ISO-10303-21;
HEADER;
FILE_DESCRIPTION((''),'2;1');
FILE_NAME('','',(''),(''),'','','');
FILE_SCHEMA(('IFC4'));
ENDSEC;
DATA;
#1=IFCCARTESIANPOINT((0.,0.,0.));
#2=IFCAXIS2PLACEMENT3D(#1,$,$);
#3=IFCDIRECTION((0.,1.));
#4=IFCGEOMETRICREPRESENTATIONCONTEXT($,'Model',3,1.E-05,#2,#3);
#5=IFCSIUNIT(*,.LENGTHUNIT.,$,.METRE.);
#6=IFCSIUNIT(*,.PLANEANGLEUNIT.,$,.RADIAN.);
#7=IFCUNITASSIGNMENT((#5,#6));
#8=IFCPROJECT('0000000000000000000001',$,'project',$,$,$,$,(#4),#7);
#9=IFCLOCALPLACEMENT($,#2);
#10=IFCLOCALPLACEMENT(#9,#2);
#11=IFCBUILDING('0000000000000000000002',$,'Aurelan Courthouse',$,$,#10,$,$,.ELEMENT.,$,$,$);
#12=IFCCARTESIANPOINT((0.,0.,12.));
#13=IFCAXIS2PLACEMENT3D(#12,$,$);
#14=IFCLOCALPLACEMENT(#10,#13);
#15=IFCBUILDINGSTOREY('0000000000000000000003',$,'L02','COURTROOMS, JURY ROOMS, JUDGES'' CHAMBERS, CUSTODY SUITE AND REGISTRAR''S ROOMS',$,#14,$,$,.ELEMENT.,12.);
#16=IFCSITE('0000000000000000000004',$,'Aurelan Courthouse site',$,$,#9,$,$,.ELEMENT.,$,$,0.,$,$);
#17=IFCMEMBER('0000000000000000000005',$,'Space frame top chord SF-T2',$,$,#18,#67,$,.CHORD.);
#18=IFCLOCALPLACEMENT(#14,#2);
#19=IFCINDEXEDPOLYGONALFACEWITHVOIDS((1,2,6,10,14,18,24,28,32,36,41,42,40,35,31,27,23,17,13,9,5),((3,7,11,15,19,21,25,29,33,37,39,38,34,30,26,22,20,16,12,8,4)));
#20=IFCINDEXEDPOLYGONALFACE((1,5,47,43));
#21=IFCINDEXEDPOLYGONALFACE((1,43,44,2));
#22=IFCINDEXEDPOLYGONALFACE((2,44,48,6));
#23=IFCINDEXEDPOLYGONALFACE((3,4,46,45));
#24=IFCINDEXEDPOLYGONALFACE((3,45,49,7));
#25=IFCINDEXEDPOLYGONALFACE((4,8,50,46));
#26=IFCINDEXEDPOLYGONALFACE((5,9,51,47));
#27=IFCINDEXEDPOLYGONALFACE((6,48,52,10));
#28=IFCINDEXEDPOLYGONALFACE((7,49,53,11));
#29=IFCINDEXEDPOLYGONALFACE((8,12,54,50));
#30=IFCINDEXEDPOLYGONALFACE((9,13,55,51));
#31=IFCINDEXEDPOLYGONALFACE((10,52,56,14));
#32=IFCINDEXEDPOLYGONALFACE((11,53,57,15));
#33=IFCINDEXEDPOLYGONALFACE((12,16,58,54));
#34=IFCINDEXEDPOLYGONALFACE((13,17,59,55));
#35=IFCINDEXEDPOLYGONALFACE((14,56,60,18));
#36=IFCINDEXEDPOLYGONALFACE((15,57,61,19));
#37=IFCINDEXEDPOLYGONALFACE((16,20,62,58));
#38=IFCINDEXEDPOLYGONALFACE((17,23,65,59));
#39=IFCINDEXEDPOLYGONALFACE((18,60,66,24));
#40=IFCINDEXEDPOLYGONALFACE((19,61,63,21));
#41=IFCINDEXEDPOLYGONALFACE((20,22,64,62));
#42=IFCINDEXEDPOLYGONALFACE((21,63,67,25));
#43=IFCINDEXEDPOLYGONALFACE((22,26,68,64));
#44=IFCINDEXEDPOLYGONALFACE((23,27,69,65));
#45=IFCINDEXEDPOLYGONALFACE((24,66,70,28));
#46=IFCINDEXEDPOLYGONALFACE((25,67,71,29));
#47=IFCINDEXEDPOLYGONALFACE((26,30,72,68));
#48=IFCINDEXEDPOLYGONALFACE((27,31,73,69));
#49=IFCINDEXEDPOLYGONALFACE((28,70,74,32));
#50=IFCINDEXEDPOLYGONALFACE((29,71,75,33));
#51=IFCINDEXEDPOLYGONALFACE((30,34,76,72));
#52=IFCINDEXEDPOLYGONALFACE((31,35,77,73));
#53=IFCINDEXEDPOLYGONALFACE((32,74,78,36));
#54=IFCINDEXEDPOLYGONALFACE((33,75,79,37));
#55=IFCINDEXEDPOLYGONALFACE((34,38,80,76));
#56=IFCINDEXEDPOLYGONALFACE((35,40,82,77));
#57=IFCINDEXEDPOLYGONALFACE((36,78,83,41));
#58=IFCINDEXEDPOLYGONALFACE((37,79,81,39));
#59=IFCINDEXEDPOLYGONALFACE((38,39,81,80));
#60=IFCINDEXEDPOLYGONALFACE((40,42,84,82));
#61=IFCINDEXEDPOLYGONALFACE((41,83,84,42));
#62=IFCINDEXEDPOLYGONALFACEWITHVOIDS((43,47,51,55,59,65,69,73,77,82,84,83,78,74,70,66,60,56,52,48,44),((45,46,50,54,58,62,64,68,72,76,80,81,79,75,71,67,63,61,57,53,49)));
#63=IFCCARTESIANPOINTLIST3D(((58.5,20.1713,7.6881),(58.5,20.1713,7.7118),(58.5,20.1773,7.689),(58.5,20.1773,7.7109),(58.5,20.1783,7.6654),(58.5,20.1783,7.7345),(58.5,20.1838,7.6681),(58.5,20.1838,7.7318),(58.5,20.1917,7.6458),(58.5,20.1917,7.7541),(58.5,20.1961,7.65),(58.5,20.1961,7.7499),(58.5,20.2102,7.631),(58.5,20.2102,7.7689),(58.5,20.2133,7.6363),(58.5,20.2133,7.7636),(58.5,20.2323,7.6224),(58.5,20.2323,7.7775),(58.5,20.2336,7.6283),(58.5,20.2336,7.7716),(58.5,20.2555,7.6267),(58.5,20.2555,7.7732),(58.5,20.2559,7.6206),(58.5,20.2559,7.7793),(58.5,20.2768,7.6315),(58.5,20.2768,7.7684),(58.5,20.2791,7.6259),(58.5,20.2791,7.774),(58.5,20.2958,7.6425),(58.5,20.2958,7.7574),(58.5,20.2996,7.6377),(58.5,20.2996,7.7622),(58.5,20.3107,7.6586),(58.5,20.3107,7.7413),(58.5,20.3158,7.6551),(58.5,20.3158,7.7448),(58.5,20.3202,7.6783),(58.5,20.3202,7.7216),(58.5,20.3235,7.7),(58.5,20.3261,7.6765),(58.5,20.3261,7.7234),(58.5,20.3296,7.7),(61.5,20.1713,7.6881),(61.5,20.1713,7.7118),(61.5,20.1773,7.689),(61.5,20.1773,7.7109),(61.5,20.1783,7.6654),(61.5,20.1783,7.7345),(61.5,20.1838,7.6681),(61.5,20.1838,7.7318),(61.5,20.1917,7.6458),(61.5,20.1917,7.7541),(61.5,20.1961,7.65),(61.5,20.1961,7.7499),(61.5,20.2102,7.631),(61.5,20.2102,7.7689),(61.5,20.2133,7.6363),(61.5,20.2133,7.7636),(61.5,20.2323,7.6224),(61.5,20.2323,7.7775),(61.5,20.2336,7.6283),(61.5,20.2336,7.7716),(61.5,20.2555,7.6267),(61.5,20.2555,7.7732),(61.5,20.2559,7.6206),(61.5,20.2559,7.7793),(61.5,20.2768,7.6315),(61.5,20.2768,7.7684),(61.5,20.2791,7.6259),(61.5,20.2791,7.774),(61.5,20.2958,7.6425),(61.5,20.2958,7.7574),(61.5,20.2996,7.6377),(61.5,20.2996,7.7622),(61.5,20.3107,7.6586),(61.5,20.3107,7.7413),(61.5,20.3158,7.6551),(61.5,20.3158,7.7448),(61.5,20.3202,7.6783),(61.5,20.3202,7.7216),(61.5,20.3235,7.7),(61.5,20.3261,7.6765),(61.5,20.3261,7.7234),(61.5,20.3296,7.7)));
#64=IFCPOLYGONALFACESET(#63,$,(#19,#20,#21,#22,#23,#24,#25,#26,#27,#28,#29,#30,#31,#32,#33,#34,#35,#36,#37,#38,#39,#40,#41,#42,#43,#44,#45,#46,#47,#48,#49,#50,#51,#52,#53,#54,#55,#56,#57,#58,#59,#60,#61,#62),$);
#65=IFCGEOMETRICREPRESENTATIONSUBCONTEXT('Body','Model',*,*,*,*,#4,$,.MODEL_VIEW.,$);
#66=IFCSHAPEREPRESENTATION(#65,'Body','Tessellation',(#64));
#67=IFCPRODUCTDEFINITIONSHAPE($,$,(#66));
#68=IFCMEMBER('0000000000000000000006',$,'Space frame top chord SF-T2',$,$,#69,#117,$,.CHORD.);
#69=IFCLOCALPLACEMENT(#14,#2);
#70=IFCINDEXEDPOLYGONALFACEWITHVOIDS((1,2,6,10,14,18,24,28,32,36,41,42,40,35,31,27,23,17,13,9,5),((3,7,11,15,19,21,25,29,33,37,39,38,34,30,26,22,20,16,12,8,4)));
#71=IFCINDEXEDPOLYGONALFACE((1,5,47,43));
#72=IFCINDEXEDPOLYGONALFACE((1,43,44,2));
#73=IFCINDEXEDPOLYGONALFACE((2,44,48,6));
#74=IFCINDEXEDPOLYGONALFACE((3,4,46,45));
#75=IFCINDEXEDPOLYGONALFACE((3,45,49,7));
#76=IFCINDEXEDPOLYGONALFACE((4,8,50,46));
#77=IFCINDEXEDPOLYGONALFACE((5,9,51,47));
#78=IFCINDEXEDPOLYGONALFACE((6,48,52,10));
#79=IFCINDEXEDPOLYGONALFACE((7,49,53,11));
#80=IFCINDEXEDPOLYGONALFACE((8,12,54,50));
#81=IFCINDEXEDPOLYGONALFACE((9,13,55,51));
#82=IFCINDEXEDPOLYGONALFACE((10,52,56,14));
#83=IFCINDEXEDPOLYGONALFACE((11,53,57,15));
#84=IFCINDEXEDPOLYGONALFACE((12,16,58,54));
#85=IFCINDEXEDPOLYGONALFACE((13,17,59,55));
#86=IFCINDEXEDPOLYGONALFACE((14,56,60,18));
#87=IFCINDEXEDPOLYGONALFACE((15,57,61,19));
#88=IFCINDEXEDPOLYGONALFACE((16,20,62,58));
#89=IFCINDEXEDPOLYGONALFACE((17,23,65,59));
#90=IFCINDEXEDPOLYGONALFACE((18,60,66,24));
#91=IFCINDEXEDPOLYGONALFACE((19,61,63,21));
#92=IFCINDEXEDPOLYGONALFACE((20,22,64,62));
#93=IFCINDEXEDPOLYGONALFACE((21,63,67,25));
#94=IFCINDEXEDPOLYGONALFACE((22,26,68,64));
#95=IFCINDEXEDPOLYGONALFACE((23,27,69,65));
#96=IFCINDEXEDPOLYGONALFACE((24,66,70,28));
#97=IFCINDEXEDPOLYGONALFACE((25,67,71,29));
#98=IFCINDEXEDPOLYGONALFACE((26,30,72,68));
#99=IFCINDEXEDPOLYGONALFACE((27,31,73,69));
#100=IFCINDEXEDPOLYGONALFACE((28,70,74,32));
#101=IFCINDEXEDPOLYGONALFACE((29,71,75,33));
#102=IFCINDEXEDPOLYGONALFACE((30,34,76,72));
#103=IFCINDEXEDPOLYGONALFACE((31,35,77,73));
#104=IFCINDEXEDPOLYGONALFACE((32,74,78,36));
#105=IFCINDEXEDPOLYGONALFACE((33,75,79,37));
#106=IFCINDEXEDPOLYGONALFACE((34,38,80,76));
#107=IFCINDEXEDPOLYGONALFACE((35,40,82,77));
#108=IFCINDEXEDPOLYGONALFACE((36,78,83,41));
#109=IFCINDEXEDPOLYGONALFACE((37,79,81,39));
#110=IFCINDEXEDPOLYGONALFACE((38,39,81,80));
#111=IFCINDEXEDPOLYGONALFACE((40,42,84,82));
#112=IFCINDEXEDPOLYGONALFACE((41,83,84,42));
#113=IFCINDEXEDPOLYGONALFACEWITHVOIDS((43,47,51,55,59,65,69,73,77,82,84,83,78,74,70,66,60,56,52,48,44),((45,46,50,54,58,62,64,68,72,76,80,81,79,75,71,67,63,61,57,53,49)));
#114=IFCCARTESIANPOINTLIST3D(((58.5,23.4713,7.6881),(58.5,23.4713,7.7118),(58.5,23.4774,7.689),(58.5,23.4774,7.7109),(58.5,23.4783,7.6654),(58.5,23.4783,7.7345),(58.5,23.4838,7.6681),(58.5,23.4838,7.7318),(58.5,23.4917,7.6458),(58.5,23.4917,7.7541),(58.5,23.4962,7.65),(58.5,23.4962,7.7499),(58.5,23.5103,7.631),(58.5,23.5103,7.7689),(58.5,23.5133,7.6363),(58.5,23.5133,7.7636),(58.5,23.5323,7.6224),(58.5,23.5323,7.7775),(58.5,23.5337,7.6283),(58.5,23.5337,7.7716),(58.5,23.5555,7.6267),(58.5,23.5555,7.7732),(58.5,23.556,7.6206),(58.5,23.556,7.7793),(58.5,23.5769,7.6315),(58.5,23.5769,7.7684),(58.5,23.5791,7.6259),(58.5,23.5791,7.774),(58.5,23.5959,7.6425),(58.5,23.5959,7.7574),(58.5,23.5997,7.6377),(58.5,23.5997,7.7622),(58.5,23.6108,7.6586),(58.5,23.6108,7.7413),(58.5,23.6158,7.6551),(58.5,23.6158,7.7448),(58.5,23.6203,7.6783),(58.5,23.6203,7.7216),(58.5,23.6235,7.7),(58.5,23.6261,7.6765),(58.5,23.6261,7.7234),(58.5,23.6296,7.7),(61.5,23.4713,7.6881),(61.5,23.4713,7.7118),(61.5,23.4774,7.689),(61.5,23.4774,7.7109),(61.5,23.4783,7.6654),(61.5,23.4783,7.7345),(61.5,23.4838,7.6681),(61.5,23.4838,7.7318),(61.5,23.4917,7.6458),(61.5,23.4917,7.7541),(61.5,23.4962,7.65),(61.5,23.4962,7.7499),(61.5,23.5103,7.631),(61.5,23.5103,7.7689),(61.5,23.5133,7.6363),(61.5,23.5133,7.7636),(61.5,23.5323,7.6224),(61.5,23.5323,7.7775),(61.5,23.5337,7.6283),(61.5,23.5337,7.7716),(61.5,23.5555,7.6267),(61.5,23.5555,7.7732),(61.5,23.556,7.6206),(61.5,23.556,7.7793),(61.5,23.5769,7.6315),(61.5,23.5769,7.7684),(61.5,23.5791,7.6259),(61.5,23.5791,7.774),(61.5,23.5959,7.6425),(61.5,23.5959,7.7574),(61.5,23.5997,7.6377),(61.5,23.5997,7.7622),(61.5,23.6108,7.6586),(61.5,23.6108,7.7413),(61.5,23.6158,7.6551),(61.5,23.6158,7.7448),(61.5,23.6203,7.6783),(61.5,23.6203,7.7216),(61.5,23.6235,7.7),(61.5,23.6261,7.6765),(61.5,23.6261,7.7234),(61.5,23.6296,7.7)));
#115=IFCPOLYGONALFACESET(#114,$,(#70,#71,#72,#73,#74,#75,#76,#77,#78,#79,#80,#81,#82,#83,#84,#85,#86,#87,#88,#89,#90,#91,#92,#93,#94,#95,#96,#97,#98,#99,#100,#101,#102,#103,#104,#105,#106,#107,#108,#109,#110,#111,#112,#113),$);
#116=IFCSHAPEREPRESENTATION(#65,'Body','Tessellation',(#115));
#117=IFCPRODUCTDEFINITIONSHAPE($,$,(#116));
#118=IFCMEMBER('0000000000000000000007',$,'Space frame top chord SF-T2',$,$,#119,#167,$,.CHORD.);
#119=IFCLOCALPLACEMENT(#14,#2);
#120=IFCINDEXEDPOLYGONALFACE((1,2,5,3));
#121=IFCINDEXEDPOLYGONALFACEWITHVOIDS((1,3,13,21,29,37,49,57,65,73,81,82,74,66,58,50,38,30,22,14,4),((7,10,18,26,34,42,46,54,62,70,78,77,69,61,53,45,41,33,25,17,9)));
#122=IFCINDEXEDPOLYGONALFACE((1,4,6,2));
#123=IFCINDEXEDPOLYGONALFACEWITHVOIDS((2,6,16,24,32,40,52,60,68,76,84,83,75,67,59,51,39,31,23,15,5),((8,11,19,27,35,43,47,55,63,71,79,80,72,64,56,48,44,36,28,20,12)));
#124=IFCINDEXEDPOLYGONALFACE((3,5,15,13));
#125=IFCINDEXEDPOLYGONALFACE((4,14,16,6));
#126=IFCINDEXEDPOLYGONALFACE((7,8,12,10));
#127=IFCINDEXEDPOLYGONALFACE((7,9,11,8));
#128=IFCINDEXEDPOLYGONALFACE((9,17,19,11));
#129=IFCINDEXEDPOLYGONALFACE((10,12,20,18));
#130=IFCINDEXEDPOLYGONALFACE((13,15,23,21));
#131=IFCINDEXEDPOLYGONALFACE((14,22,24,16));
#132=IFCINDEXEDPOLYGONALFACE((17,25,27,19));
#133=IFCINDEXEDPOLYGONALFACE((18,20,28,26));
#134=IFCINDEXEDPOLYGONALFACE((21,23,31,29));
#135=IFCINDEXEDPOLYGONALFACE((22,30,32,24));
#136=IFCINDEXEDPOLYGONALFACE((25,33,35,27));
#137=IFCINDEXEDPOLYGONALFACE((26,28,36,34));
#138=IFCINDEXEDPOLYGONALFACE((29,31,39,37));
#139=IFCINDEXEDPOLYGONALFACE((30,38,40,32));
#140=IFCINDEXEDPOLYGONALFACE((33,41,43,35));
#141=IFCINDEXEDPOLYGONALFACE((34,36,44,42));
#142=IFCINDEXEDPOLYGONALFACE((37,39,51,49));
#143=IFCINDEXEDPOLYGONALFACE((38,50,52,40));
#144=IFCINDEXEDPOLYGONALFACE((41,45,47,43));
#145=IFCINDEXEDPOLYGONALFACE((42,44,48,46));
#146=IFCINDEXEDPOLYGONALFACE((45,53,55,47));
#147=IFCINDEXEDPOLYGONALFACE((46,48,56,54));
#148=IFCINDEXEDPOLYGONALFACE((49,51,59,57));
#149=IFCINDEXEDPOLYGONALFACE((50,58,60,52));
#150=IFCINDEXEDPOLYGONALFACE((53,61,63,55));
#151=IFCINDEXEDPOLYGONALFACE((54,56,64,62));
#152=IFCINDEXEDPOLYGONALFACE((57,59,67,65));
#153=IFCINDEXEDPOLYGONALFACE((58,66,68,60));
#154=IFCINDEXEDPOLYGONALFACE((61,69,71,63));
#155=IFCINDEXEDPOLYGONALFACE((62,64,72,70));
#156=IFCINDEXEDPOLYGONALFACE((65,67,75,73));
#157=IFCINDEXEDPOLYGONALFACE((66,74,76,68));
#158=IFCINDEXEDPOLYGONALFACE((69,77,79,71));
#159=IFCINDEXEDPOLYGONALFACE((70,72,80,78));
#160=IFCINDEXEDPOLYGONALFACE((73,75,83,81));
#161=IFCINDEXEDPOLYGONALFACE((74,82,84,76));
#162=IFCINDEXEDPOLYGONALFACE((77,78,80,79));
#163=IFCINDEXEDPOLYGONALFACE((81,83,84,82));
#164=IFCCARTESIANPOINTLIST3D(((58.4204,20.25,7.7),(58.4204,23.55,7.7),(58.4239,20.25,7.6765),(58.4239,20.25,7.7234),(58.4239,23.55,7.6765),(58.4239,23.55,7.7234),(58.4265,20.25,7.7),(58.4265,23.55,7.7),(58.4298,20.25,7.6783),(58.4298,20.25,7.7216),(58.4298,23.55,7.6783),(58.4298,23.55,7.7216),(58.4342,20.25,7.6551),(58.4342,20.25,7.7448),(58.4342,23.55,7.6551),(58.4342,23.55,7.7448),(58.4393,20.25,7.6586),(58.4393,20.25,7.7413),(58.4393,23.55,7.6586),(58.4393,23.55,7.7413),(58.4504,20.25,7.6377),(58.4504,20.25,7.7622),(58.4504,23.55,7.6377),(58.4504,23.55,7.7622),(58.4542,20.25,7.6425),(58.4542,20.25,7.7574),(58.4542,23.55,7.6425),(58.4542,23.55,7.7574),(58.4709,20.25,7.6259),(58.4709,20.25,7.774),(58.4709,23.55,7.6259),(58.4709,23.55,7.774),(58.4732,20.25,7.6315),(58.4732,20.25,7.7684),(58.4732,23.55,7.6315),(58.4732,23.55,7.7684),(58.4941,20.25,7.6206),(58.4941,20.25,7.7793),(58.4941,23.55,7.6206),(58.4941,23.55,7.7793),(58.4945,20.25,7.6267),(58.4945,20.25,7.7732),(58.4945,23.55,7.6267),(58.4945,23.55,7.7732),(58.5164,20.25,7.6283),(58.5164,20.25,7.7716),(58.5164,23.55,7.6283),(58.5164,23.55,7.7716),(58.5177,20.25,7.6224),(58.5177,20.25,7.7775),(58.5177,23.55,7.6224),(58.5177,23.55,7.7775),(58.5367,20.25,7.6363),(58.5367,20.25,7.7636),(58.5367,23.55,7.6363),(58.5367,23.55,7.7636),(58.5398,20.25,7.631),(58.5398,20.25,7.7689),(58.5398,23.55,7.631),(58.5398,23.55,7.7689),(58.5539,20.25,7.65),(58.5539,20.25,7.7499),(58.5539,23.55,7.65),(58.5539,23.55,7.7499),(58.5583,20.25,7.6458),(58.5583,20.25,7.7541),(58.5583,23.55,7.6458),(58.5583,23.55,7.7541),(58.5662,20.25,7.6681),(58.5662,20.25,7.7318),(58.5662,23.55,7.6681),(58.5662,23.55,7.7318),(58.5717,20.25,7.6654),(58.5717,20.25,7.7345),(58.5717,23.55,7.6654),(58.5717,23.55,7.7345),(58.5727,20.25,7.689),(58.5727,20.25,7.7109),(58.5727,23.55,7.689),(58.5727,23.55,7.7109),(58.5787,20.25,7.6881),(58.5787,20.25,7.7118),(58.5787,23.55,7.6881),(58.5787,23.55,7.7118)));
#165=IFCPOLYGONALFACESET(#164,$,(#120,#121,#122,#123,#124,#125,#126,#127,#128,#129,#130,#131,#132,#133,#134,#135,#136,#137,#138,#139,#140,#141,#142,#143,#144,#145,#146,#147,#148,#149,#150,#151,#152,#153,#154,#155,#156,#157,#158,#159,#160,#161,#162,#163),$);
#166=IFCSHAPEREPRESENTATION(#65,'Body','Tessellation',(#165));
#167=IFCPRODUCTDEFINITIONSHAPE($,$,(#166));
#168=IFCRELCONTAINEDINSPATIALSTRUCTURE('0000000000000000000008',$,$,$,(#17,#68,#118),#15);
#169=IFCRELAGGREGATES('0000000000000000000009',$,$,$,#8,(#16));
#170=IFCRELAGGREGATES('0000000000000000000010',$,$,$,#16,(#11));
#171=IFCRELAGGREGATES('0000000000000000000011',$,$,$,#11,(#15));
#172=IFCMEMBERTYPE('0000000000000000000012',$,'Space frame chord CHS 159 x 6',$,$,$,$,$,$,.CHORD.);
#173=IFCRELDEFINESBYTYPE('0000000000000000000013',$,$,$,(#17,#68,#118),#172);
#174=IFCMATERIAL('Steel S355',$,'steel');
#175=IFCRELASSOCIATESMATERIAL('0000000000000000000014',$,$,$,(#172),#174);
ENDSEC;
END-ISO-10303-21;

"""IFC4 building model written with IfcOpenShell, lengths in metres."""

from ifc_helpers import new_model, si_unit, direction, frame, origin, origin_2d, place, context, subcontext, project, spatial, hollow_circle, extrude, material, material_profile, profile_set, type_object, element, save


model = new_model("IFC4")

# Units and contexts
model_context = context("Model", 3, precision=1e-05, world=origin(), true_north=direction((0.0, 1.0)))
body_context = subcontext(model_context, "Body", "Model", "MODEL_VIEW")
ifc_project = project(units=[si_unit("LENGTHUNIT", "METRE"), si_unit("PLANEANGLEUNIT", "RADIAN")], contexts=[model_context])

# Site, building, storey
site_placement = place(None, origin())
site = spatial("IfcSite", under=ifc_project, at=site_placement, Name="Aurelan Courthouse site", CompositionType="ELEMENT", RefElevation=0.0)
building_placement = place(site_placement, origin())
building = spatial("IfcBuilding", under=site, at=building_placement, Name="Aurelan Courthouse", CompositionType="ELEMENT")
storey_placement = place(building_placement, frame((0.0, 0.0, 12.0)))
storey = spatial("IfcBuildingStorey", under=building, at=storey_placement, Name="L02", Description="COURTROOMS, JURY ROOMS, JUDGES' CHAMBERS, CUSTODY SUITE AND REGISTRAR'S ROOMS", CompositionType="ELEMENT", Elevation=12.0)

# Members
ifc_material_1 = material(Name="Steel S355", Category="steel")
ifc_material_profile_1 = material_profile(ifc_material_1, hollow_circle(Radius=0.0796, WallThickness=0.0061, at=origin_2d()), Name="CHS 159 x 6")
ifc_profile_set_1 = profile_set([ifc_material_profile_1], Name="Steel S355")
member_type_1 = type_object("IfcMemberType", Name="Space frame chord CHS 159 x 6", PredefinedType="CHORD", material=ifc_profile_set_1)
for number, where, z_axis, x_axis, name in (
    (1, (58.5, 20.25, 7.7), (1.0, 0.0, 0.0), (0.0, 1.0, 0.0), "Space frame top chord SF-T2"),
    (2, (58.5, 23.55, 7.7), (1.0, 0.0, 0.0), (0.0, 1.0, 0.0), "Space frame top chord SF-T2"),
):
    element("IfcMember", number, at=place(storey_placement, frame(where, z_axis=z_axis, x_axis=x_axis)), inside=storey, type_object=member_type_1, Name=name, PredefinedType="CHORD", context=body_context, shape_type="SweptSolid", body=[
        extrude(hollow_circle(Radius=0.0796, WallThickness=0.0061, at=origin_2d()), origin(), (0.0, 0.0, 1.0), 3.0),
    ])
for number, where, z_axis, x_axis, name in (
    (3, (58.5, 20.25, 7.7), (0.0, 1.0, 0.0), (-1.0, 0.0, 0.0), "Space frame top chord SF-T2"),
):
    element("IfcMember", number, at=place(storey_placement, frame(where, z_axis=z_axis, x_axis=x_axis)), inside=storey, type_object=member_type_1, Name=name, PredefinedType="CHORD", context=body_context, shape_type="SweptSolid", body=[
        extrude(hollow_circle(Radius=0.0796, WallThickness=0.0061, at=origin_2d()), origin(), (0.0, 0.0, 1.0), 3.3),
    ])

save(model, "model.ifc")
